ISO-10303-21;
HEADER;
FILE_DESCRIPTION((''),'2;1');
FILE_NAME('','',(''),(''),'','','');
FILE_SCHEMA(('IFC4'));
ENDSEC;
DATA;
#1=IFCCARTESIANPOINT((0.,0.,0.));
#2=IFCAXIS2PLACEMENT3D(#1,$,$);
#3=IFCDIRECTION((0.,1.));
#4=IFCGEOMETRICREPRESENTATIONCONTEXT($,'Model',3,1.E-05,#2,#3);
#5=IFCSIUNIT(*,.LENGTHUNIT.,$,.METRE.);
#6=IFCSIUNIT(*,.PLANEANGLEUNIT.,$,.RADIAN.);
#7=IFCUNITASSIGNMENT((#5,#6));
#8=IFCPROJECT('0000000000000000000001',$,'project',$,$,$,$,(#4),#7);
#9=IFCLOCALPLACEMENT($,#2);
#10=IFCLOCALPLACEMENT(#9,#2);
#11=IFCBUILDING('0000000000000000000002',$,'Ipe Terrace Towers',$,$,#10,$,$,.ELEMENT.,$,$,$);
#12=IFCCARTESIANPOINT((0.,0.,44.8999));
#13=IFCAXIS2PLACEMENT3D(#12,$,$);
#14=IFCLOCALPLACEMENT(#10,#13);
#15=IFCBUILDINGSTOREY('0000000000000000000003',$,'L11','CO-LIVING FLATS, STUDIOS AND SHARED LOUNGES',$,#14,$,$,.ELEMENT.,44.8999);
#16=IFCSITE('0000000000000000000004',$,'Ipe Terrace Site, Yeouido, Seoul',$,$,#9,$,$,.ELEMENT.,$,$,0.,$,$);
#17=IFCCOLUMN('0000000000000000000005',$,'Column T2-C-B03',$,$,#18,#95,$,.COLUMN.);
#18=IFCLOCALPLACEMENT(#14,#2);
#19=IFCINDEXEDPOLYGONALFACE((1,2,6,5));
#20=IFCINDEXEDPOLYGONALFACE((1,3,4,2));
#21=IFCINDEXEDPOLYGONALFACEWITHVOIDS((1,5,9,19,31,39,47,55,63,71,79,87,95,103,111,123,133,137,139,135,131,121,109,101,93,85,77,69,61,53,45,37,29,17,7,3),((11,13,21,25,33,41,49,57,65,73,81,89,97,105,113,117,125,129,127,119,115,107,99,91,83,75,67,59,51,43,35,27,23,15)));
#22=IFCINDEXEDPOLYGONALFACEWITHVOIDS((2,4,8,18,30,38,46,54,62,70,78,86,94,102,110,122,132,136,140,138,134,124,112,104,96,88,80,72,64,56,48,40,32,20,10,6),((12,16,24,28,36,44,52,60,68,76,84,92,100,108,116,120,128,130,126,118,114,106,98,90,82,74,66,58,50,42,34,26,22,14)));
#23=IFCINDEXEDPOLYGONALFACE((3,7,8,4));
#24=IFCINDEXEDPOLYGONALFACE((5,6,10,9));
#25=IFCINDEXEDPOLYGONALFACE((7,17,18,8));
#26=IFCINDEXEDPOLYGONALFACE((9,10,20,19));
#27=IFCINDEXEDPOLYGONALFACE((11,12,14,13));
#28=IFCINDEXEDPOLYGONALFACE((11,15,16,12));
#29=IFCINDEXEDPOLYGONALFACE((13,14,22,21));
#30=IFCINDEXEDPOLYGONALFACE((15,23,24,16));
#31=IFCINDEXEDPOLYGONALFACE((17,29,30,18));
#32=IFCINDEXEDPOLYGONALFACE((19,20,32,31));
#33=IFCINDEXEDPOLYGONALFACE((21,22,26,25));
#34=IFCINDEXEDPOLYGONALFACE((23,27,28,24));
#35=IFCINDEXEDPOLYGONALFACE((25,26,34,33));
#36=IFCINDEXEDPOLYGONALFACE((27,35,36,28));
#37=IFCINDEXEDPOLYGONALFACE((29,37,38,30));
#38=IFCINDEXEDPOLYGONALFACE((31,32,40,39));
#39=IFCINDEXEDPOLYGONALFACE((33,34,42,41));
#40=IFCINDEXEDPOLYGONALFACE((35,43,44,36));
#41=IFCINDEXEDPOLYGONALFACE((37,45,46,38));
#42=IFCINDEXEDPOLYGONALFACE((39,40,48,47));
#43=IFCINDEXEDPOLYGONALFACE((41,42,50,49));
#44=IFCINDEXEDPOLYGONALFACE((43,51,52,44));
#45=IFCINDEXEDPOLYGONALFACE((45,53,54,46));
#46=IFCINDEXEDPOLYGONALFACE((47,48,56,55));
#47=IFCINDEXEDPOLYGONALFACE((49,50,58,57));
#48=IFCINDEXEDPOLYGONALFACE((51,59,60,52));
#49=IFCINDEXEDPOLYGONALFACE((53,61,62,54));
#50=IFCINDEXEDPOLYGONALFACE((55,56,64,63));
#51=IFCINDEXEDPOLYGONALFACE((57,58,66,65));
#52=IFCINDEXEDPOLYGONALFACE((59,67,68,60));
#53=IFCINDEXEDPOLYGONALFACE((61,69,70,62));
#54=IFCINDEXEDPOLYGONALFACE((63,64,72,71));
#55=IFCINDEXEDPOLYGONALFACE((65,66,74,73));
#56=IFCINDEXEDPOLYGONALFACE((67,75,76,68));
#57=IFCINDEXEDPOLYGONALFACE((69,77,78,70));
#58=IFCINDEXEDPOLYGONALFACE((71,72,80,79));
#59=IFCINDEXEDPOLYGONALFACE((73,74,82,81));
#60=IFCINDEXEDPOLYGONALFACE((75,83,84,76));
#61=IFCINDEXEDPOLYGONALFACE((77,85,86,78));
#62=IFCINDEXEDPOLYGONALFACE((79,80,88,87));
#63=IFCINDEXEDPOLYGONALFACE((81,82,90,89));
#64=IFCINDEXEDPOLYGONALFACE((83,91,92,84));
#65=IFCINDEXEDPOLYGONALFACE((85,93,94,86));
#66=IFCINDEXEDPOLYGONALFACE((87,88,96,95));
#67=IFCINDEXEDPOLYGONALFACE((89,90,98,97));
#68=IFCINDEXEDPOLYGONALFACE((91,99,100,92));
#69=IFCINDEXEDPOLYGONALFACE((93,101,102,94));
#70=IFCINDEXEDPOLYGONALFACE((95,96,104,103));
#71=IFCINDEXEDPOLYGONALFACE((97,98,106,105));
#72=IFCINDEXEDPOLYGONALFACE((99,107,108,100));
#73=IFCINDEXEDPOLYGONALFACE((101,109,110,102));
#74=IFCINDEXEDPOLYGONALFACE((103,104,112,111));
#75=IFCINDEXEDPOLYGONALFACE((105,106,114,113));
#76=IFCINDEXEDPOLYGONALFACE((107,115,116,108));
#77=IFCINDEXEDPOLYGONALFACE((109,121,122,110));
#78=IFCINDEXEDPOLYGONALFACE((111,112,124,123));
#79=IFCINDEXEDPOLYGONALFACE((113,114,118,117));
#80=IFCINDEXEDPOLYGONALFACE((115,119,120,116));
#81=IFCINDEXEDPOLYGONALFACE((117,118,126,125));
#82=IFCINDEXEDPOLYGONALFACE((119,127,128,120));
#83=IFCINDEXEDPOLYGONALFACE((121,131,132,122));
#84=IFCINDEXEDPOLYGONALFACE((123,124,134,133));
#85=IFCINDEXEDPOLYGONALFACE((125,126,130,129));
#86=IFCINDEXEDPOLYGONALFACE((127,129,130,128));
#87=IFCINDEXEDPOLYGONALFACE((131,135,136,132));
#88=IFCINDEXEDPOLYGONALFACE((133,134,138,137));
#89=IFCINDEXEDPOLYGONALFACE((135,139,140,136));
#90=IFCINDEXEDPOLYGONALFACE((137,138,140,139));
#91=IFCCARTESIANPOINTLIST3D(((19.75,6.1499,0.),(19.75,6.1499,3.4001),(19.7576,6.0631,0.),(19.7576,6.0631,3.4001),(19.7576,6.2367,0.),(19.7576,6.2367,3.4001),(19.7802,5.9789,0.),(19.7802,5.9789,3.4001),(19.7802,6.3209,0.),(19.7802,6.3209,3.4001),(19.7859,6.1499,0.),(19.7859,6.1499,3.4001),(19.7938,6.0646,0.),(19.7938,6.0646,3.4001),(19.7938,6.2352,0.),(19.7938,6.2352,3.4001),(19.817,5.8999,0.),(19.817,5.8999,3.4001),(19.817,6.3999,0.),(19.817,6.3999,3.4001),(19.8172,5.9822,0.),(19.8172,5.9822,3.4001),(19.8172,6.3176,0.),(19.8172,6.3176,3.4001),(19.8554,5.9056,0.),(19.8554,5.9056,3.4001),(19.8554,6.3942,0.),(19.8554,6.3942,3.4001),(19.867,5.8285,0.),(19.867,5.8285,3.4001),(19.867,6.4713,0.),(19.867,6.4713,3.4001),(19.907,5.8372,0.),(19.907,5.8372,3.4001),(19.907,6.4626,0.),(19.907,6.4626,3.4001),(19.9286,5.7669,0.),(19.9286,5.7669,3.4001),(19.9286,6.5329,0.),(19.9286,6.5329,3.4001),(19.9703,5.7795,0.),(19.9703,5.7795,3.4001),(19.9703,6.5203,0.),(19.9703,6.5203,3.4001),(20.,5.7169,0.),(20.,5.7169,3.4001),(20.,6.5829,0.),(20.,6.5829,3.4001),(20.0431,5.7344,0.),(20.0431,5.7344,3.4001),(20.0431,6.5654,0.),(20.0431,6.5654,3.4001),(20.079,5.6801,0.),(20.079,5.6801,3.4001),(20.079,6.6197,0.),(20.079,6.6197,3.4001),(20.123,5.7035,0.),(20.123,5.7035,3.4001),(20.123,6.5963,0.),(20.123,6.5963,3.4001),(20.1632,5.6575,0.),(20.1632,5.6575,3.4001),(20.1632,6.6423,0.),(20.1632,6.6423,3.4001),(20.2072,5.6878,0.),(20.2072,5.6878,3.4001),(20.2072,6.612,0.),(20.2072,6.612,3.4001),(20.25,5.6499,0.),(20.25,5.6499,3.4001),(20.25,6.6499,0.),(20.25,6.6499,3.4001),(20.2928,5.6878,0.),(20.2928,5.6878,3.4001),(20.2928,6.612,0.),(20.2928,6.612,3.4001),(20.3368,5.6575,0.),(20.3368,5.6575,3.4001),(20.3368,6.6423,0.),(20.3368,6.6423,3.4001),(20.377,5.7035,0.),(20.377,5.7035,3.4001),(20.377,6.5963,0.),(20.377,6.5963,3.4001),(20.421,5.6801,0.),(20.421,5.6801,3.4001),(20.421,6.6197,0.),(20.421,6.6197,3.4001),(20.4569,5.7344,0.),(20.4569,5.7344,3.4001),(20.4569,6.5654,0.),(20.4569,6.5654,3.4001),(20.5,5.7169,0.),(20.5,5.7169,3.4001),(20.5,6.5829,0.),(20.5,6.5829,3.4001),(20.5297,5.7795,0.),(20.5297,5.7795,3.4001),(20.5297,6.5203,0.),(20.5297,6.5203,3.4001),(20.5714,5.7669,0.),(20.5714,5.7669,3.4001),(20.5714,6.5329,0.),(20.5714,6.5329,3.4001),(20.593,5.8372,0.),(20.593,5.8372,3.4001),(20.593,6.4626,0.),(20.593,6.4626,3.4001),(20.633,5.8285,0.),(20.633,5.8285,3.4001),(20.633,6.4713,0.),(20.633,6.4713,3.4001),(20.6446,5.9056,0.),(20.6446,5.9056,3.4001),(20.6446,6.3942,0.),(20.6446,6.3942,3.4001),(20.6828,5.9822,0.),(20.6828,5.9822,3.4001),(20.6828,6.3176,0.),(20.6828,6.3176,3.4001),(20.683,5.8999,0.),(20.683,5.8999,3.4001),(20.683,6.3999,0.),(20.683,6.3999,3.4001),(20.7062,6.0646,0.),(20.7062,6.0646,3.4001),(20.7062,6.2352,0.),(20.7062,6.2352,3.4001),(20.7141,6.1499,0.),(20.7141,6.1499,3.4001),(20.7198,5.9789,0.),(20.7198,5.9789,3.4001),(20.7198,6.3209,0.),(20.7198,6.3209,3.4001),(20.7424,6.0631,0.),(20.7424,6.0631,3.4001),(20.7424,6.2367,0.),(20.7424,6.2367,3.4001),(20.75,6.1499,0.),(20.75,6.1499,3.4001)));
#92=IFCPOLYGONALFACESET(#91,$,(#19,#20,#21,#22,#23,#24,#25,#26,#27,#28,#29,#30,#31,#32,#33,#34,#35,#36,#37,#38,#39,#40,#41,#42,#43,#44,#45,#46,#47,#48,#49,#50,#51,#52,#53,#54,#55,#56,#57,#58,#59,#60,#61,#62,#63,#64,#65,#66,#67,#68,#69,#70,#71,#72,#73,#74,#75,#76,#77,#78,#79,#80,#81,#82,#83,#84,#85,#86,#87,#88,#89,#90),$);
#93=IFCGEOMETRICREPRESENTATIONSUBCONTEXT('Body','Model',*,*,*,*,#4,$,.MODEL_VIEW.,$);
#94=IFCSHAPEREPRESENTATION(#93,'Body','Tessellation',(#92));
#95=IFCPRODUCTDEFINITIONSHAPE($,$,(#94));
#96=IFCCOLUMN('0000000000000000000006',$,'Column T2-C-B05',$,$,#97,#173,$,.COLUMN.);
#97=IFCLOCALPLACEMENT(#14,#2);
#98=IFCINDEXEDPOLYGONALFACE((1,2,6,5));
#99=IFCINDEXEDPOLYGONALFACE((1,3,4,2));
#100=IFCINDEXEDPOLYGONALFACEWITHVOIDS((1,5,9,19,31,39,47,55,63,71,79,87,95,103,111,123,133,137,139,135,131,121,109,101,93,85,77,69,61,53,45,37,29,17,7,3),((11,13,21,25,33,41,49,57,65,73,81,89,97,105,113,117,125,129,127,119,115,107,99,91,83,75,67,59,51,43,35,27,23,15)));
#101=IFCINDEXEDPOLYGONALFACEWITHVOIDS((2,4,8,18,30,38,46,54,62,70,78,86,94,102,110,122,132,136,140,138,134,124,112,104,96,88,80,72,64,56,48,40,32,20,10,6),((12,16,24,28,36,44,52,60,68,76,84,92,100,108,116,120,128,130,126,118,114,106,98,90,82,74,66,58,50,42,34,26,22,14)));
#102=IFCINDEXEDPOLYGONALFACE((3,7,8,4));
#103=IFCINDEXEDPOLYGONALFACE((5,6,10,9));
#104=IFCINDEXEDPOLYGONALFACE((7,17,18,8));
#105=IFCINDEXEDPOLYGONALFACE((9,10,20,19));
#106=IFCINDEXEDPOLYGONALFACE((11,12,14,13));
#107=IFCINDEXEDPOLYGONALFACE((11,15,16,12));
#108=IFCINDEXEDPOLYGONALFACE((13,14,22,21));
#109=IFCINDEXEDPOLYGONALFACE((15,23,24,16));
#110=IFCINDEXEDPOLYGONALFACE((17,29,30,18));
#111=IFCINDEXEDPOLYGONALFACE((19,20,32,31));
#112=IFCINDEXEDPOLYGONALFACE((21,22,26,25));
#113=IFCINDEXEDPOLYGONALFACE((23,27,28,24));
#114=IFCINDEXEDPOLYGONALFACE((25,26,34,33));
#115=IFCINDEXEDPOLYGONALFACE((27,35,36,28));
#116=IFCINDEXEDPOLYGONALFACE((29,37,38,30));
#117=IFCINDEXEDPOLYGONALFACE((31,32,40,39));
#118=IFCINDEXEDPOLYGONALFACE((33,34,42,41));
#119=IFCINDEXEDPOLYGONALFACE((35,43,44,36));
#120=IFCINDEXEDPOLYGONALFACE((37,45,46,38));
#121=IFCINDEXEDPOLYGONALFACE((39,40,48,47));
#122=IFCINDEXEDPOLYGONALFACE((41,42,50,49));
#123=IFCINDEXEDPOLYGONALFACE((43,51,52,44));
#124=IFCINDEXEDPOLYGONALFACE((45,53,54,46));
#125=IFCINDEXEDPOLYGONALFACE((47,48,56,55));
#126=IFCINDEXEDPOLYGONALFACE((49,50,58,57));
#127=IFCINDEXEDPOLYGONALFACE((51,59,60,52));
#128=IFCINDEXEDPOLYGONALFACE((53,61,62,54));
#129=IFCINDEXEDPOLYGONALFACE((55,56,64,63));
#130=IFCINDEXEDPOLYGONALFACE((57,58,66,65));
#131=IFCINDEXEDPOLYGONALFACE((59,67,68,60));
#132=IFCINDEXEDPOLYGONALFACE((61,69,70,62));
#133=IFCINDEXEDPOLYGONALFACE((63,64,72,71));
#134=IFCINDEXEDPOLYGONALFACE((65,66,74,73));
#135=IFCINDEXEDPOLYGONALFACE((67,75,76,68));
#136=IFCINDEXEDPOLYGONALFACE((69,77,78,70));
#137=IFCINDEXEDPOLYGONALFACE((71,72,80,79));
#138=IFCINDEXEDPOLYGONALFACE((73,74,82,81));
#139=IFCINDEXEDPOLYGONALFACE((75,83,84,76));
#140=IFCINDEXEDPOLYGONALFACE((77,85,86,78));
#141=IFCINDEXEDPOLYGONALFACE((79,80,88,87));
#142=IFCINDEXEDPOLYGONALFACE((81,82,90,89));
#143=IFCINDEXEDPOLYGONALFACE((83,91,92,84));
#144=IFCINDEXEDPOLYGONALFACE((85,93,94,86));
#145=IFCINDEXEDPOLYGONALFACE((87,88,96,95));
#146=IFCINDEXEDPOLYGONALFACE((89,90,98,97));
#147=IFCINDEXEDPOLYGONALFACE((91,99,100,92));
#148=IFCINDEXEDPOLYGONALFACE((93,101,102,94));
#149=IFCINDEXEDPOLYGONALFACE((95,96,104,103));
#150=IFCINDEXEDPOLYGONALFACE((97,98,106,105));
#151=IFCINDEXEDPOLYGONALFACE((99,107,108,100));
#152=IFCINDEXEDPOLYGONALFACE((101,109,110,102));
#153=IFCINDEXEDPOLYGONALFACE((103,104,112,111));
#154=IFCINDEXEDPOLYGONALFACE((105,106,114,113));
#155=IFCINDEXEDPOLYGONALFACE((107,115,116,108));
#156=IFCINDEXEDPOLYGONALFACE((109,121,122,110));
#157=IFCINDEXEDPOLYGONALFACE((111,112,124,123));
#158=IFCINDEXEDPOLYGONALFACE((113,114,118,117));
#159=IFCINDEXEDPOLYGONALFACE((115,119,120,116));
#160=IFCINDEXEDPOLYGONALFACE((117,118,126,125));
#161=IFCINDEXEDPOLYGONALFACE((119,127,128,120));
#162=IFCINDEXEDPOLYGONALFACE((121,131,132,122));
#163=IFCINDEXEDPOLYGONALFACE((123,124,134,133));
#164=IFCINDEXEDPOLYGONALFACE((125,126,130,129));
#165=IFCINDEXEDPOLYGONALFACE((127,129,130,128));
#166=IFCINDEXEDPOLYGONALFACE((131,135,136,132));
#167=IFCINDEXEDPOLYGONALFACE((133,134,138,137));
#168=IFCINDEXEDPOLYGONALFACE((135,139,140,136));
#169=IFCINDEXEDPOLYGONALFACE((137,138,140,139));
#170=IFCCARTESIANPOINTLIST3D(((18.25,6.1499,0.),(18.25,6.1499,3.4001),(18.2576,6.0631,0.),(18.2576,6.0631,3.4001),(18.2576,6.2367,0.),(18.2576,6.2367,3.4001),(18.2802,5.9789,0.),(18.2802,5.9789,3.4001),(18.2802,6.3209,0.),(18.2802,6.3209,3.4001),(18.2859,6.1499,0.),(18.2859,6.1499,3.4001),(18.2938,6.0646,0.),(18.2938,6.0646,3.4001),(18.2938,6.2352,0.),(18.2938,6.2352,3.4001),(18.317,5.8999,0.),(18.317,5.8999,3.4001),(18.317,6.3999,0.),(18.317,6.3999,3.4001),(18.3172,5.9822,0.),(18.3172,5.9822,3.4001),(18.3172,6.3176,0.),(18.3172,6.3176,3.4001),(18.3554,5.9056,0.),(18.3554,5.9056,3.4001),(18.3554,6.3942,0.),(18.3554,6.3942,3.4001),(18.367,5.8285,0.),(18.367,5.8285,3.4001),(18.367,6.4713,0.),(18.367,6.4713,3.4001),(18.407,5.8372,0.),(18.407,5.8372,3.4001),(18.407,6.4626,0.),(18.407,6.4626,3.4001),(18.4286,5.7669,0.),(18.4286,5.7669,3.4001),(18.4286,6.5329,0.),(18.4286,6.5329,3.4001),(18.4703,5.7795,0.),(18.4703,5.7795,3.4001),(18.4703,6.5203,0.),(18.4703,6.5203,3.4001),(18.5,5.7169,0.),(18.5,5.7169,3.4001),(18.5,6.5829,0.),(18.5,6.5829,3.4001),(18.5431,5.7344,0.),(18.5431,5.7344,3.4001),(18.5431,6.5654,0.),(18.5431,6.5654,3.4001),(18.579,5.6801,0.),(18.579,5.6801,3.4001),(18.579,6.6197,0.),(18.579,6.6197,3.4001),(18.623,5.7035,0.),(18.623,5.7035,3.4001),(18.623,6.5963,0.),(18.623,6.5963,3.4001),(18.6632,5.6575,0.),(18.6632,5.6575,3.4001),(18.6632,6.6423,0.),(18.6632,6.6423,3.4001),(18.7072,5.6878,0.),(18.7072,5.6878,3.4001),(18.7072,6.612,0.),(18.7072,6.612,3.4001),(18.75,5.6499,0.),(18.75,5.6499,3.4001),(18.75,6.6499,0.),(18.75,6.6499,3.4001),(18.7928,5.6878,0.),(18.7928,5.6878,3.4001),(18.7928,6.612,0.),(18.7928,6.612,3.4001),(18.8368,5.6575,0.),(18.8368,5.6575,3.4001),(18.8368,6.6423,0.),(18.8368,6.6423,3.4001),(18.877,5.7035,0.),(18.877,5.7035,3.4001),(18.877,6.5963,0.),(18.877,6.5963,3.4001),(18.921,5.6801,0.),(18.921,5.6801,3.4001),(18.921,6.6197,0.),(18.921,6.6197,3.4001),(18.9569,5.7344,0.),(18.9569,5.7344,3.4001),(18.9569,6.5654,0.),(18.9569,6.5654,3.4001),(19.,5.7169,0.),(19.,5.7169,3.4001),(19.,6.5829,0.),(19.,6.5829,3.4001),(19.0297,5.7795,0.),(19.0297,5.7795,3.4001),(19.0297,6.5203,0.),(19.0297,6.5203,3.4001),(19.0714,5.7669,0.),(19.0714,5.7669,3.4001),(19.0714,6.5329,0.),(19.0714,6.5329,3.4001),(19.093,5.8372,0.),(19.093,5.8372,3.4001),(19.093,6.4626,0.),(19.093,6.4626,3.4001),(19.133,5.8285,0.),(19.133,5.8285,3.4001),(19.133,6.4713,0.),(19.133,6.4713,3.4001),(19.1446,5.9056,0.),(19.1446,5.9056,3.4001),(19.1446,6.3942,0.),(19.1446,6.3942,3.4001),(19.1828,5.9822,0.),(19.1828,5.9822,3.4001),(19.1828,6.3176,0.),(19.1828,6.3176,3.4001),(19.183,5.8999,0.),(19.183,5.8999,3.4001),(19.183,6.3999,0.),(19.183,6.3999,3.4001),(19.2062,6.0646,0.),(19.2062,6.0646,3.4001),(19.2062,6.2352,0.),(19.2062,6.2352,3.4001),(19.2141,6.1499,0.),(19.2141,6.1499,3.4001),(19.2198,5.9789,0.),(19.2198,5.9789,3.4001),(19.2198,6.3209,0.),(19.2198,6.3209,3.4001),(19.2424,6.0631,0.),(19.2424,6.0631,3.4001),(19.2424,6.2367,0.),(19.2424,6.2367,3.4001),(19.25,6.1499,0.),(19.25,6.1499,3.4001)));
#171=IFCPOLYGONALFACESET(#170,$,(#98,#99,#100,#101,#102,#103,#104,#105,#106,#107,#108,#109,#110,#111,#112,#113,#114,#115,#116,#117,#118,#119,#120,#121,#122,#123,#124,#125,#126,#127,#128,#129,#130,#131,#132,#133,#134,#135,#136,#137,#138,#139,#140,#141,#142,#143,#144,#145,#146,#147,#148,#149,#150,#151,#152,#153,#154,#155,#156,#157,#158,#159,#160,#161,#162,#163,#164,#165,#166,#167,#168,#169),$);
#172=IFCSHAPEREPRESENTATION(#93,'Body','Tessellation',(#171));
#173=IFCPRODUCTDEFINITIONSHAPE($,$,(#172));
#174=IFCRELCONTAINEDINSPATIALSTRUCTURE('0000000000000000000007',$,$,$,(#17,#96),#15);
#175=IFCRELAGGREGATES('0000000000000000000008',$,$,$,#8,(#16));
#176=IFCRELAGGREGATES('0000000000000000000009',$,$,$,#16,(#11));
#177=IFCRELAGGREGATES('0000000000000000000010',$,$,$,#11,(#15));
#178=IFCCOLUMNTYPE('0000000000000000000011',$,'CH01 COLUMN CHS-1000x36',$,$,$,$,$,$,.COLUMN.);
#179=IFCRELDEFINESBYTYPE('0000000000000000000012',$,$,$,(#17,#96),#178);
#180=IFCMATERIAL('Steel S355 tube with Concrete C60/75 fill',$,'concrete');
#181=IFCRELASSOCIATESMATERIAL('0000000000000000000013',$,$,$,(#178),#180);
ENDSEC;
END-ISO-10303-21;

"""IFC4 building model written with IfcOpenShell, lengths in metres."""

from ifc_helpers import new_model, si_unit, direction, frame, origin, origin_2d, place, context, subcontext, project, spatial, hollow_circle, extrude, material, material_profile, profile_set, type_object, element, save


model = new_model("IFC4")

# Units and contexts
model_context = context("Model", 3, precision=1e-05, world=origin(), true_north=direction((0.0, 1.0)))
body_context = subcontext(model_context, "Body", "Model", "MODEL_VIEW")
ifc_project = project(units=[si_unit("LENGTHUNIT", "METRE"), si_unit("PLANEANGLEUNIT", "RADIAN")], contexts=[model_context])

# Site, building, storey
site_placement = place(None, origin())
site = spatial("IfcSite", under=ifc_project, at=site_placement, Name="Ipe Terrace Site, Yeouido, Seoul", CompositionType="ELEMENT", RefElevation=0.0)
building_placement = place(site_placement, origin())
building = spatial("IfcBuilding", under=site, at=building_placement, Name="Ipe Terrace Towers", CompositionType="ELEMENT")
storey_placement = place(building_placement, frame((0.0, 0.0, 44.8999)))
storey = spatial("IfcBuildingStorey", under=building, at=storey_placement, Name="L11", Description="CO-LIVING FLATS, STUDIOS AND SHARED LOUNGES", CompositionType="ELEMENT", Elevation=44.8999)

# Columns
ifc_material_1 = material(Name="Steel S355 tube with Concrete C60/75 fill", Category="concrete")
ifc_material_profile_1 = material_profile(ifc_material_1, hollow_circle(Radius=0.5, WallThickness=0.0359, at=origin_2d()), Name="CHS-1000x36")
ifc_profile_set_1 = profile_set([ifc_material_profile_1], Name="Steel S355 tube with Concrete C60/75 fill")
column_type = type_object("IfcColumnType", Name="CH01 COLUMN CHS-1000x36", PredefinedType="COLUMN", material=ifc_profile_set_1)
for number, where, z_axis, x_axis, name in (
    (1, (20.25, 6.1499, 0.0), (0.0, 0.0, 1.0), (1.0, 0.0, 0.0), "Column T2-C-B03"),
    (2, (18.75, 6.1499, 0.0), (0.0, 0.0, 1.0), (1.0, 0.0, 0.0), "Column T2-C-B05"),
):
    element("IfcColumn", number, at=place(storey_placement, frame(where, z_axis=z_axis, x_axis=x_axis)), inside=storey, type_object=column_type, Name=name, PredefinedType="COLUMN", context=body_context, shape_type="SweptSolid", body=[
        extrude(hollow_circle(Radius=0.5, WallThickness=0.0359, at=origin_2d()), origin(), (0.0, 0.0, 1.0), 3.4001),
    ])

save(model, "model.ifc")
